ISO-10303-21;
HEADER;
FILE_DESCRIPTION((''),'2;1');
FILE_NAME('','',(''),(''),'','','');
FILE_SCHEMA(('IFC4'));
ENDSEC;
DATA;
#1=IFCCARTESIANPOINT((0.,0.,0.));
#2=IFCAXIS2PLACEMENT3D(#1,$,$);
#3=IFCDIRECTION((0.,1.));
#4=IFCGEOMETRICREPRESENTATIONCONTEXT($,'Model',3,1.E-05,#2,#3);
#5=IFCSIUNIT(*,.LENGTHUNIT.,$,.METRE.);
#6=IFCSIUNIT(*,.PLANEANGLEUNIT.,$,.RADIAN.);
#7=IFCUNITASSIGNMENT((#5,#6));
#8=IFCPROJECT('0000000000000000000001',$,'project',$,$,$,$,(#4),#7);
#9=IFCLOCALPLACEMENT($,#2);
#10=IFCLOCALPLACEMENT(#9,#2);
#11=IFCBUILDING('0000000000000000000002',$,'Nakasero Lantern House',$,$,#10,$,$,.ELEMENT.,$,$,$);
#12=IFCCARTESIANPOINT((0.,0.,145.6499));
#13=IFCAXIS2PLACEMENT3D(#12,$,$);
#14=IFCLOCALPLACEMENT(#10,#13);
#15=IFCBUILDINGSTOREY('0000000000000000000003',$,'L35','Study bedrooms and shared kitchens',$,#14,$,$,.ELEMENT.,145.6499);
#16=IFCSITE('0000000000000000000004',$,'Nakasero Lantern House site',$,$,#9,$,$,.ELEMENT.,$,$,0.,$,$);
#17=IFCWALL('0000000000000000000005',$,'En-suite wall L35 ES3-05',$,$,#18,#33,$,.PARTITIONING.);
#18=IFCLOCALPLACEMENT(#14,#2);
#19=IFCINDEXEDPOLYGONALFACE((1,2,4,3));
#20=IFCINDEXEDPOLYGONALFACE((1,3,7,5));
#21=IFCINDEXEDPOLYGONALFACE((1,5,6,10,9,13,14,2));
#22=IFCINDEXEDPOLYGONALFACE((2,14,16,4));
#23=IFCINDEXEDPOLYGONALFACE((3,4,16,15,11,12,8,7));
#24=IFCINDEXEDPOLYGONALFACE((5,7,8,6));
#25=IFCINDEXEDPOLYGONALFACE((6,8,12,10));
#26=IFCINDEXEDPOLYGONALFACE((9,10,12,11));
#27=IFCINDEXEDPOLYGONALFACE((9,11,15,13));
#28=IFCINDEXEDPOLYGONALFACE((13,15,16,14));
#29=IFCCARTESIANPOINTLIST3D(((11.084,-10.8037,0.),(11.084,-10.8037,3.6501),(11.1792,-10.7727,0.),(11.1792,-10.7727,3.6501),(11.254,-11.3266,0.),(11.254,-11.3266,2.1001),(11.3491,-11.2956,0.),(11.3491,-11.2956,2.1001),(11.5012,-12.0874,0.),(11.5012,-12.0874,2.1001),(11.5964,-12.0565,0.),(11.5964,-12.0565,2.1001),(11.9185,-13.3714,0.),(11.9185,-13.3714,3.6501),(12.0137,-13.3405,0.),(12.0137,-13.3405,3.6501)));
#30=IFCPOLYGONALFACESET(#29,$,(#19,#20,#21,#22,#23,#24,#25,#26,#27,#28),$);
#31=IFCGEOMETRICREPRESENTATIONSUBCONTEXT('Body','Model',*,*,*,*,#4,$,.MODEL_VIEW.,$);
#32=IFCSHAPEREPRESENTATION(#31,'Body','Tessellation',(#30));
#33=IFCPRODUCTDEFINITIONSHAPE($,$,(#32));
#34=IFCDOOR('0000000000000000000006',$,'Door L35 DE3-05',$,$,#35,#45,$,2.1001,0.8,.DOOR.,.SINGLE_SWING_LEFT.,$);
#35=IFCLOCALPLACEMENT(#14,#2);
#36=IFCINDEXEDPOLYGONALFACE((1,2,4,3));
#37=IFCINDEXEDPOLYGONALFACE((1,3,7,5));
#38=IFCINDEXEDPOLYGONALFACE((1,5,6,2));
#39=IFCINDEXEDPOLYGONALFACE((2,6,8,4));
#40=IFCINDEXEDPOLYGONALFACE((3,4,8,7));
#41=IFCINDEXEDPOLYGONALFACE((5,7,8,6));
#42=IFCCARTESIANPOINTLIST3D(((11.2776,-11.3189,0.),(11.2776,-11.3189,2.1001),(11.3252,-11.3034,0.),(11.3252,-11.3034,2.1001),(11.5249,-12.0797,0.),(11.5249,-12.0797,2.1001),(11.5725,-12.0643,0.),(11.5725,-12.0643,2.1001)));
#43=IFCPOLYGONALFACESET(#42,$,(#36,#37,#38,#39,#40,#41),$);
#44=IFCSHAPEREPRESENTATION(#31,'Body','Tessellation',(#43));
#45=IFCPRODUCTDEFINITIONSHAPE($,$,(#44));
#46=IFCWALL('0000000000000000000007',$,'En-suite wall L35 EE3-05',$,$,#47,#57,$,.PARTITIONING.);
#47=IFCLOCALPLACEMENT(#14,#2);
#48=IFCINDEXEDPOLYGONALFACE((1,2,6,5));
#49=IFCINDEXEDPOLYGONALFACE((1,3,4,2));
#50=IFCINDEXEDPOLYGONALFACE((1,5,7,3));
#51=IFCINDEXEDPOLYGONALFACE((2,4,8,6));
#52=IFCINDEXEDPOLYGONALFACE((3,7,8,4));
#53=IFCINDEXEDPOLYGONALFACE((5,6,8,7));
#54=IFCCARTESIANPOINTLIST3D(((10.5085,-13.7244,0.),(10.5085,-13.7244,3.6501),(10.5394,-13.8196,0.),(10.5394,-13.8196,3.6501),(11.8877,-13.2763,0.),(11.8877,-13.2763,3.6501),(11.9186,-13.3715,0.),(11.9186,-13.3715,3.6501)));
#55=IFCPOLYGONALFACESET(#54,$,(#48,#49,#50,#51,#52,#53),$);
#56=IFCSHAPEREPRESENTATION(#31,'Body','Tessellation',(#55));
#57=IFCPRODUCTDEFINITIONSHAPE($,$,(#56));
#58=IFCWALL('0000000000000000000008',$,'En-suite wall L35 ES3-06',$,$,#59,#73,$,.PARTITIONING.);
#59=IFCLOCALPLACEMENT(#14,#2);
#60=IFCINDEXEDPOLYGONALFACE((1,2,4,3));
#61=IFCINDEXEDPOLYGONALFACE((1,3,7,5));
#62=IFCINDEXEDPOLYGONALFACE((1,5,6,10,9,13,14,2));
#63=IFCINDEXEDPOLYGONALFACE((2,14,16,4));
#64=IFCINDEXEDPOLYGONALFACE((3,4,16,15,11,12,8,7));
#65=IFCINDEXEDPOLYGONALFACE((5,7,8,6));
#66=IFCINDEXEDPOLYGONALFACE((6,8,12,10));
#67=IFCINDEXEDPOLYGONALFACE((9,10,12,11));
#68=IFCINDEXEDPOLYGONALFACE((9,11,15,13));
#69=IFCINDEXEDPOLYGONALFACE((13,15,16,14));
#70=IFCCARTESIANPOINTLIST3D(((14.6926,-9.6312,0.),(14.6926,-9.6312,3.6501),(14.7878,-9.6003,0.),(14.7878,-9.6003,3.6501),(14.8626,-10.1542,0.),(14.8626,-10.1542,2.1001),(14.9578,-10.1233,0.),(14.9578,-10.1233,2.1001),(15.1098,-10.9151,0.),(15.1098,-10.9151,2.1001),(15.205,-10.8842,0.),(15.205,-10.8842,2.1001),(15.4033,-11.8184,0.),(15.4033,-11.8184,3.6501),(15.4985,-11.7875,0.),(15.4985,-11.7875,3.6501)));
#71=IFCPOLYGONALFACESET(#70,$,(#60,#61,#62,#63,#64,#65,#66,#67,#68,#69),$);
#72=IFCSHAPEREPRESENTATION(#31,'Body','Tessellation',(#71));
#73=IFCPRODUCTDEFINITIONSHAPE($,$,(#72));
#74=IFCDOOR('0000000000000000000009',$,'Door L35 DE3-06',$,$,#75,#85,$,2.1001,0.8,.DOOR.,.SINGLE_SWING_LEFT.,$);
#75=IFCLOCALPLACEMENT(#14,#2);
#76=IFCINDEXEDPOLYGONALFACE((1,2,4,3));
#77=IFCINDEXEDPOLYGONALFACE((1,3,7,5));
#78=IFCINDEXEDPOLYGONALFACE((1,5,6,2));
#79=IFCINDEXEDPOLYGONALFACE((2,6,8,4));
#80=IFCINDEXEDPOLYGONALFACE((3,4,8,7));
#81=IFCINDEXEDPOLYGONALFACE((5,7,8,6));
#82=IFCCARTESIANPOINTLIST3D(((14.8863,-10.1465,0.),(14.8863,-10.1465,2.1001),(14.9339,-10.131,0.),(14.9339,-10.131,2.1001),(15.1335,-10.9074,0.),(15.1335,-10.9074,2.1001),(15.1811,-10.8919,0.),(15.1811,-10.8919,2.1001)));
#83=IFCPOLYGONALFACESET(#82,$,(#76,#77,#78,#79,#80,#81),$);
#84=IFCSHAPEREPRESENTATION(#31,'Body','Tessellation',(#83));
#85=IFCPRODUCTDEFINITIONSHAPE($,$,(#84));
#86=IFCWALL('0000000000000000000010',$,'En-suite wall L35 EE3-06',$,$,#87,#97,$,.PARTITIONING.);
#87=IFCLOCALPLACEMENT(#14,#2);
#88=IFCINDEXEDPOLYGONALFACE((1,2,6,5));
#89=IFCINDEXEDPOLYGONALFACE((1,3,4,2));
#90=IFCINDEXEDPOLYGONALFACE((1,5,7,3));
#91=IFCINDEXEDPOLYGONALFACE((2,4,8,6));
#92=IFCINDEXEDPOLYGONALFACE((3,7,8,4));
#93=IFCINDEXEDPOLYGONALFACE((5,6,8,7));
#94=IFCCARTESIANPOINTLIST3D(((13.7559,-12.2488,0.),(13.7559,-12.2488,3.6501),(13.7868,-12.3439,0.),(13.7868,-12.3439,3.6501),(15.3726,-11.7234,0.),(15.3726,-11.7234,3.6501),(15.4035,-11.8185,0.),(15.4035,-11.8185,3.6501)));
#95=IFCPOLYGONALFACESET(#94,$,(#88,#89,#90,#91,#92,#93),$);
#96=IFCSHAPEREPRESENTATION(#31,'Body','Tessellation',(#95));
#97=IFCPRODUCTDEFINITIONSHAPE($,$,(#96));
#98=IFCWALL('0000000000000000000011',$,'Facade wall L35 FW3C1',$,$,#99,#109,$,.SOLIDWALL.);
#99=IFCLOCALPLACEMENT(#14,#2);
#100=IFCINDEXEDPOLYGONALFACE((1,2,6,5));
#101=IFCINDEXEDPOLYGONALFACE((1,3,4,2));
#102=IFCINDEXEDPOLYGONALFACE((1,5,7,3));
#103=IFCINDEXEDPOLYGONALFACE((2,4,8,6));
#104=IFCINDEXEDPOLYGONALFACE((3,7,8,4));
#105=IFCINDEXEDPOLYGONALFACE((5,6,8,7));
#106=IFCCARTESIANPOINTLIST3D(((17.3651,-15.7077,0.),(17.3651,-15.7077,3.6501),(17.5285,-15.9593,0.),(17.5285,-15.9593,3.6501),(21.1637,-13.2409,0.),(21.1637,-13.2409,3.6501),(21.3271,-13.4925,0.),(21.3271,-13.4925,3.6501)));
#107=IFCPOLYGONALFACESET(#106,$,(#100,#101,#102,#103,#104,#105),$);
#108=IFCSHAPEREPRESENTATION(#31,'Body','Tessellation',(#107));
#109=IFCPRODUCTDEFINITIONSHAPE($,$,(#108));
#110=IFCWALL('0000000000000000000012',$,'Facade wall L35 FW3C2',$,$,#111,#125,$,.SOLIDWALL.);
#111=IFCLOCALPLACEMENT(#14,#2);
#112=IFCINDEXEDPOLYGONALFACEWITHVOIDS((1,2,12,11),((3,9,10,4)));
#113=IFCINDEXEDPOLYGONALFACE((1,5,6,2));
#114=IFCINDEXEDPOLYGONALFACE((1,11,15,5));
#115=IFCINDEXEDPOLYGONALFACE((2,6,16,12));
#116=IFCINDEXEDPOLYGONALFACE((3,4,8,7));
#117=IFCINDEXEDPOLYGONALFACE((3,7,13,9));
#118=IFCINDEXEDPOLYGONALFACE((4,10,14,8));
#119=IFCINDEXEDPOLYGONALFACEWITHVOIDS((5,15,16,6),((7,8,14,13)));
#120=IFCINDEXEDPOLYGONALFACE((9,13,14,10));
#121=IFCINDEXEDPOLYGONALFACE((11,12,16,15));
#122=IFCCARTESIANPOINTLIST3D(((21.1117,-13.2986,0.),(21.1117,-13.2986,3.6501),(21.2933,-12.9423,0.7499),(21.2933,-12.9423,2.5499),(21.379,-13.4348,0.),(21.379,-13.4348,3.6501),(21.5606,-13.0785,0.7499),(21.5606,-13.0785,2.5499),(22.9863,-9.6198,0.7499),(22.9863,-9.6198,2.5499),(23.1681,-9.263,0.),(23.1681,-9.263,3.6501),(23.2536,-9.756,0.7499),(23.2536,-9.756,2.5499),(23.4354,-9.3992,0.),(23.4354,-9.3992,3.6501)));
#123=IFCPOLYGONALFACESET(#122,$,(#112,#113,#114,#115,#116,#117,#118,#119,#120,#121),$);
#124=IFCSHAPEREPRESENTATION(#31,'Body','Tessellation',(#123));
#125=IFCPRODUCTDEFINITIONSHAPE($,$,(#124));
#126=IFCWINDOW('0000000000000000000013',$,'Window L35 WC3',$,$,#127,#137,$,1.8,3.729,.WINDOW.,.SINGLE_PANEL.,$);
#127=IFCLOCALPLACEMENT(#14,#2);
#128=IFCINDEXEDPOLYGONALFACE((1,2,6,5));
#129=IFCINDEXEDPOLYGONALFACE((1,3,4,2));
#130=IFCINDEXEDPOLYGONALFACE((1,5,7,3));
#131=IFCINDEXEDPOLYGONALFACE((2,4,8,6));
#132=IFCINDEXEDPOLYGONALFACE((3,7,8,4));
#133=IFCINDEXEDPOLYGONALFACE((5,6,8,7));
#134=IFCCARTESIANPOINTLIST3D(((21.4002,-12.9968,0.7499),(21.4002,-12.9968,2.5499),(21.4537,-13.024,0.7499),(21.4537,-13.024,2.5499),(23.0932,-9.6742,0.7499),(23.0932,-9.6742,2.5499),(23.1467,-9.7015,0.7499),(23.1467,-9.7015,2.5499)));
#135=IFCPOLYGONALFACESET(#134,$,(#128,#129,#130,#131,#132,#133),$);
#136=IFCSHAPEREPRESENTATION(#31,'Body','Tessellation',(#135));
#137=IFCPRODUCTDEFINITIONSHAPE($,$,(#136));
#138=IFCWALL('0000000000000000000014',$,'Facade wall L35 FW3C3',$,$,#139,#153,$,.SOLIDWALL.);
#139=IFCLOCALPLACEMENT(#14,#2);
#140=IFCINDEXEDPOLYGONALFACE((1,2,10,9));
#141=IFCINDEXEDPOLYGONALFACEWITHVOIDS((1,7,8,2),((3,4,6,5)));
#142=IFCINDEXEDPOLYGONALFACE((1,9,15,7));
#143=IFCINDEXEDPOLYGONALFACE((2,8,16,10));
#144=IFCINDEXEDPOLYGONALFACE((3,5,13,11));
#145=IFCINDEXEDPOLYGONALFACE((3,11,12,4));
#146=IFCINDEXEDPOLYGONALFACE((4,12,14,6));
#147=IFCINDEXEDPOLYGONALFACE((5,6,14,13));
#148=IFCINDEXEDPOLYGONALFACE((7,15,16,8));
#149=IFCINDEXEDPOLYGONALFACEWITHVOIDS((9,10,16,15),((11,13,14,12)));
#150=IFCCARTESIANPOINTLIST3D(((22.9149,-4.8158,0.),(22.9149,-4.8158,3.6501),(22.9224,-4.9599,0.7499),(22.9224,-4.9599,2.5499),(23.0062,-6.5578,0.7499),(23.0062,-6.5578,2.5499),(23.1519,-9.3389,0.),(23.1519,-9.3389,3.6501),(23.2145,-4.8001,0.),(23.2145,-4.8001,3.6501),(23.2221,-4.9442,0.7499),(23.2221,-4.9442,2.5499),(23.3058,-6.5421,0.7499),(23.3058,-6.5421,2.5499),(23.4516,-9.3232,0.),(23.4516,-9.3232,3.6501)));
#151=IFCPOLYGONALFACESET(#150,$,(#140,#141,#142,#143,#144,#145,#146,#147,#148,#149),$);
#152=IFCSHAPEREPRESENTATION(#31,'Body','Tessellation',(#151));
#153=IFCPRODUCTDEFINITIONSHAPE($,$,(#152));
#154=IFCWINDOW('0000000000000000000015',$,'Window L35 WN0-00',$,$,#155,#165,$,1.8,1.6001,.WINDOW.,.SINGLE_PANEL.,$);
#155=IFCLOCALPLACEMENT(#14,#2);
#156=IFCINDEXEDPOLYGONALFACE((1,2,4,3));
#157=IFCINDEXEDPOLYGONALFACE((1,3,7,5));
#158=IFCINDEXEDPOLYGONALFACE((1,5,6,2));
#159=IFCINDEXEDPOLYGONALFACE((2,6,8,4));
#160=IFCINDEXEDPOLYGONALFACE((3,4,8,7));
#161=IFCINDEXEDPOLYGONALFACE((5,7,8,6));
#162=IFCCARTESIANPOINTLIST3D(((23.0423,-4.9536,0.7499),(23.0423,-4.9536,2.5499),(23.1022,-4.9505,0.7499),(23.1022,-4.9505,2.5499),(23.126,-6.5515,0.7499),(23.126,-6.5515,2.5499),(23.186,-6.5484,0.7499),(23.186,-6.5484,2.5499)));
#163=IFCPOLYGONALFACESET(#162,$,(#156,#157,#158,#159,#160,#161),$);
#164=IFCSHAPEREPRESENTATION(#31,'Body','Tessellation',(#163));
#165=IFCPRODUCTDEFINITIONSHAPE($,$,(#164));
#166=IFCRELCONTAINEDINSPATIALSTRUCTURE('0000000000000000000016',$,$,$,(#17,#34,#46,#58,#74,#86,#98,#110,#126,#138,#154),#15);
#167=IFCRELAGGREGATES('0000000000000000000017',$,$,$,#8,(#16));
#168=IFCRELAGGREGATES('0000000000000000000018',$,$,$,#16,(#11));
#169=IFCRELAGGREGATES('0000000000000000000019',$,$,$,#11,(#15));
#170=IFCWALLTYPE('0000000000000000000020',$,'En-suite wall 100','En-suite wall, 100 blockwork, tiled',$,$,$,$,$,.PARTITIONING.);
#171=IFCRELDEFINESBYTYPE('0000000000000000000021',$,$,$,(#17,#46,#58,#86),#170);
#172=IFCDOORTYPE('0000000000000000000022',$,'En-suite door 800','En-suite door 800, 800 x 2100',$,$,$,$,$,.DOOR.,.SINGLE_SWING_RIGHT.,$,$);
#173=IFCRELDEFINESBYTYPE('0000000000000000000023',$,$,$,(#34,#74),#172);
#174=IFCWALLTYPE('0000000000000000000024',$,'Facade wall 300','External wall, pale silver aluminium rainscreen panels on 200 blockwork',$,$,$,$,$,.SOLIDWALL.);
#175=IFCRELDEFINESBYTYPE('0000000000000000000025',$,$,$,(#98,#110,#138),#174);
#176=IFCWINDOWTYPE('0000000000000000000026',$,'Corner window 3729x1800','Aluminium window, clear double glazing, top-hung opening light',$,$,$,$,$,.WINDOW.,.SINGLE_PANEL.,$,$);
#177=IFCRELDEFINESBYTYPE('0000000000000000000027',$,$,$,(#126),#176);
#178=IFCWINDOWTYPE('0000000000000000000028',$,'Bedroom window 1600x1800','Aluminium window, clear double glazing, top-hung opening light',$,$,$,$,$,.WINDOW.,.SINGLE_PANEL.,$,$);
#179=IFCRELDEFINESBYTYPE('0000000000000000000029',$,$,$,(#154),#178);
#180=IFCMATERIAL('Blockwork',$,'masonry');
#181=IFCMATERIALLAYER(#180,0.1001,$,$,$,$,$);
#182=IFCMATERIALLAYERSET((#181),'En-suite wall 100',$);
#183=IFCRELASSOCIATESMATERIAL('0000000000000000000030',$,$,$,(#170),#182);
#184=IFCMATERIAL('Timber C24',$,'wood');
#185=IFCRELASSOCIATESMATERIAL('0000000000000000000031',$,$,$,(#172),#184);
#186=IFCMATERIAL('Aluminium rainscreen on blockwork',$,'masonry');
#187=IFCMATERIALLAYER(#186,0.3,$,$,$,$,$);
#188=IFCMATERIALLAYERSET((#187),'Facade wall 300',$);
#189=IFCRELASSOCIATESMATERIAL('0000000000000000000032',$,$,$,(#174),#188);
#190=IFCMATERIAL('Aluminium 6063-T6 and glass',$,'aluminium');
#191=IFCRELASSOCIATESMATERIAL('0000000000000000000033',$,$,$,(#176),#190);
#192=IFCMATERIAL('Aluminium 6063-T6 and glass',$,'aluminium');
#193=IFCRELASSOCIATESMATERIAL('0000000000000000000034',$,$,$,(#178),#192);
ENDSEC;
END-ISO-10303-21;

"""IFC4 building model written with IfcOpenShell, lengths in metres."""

from ifc_helpers import new_model, si_unit, direction, frame, frame_2d, origin, place, context, subcontext, project, spatial, rectangle, extrude, material, layer, layer_set, type_object, element, fill, save


model = new_model("IFC4")

# Units and contexts
model_context = context("Model", 3, precision=1e-05, world=origin(), true_north=direction((0.0, 1.0)))
body_context = subcontext(model_context, "Body", "Model", "MODEL_VIEW")
ifc_project = project(units=[si_unit("LENGTHUNIT", "METRE"), si_unit("PLANEANGLEUNIT", "RADIAN")], contexts=[model_context])

# Site, building, storey
site_placement = place(None, origin())
site = spatial("IfcSite", under=ifc_project, at=site_placement, Name="Nakasero Lantern House site", CompositionType="ELEMENT", RefElevation=0.0)
building_placement = place(site_placement, origin())
building = spatial("IfcBuilding", under=site, at=building_placement, Name="Nakasero Lantern House", CompositionType="ELEMENT")
storey_placement = place(building_placement, frame((0.0, 0.0, 145.6499)))
storey = spatial("IfcBuildingStorey", under=building, at=storey_placement, Name="L35", Description="Study bedrooms and shared kitchens", CompositionType="ELEMENT", Elevation=145.6499)

# Wall, opening, door
ifc_material_1 = material(Name="Blockwork", Category="masonry")
ifc_layer_1 = layer(ifc_material_1, 0.1001)
ifc_layer_set_1 = layer_set([ifc_layer_1], Name="En-suite wall 100")
wall_type_1 = type_object("IfcWallType", Name="En-suite wall 100", Description="En-suite wall, 100 blockwork, tiled", PredefinedType="PARTITIONING", material=ifc_layer_set_1)
wall_1_placement = place(storey_placement, frame((11.1316, -10.7881, 0.0), z_axis=(0.0, 0.0, 1.0), x_axis=(0.309057, -0.951043, 0.0)))
wall_1 = element("IfcWall", 1, at=wall_1_placement, inside=storey, type_object=wall_type_1, Name="En-suite wall L35 ES3-05", PredefinedType="PARTITIONING", context=body_context, shape_type="SweptSolid", body=[
    extrude(rectangle(XDim=2.7, YDim=0.1001, at=frame_2d((1.3501, 0.0))), origin(), (0.0, 0.0, 1.0), 3.6501),
])
opening_1_placement = place(wall_1_placement, frame((0.55, 0.0, 0.0)))
opening_1 = element("IfcOpeningElement", 2, at=opening_1_placement, cuts=wall_1, PredefinedType="OPENING", context=body_context, shape_type="SweptSolid", body=[
    extrude(rectangle(XDim=0.8, YDim=2.1001, at=frame_2d((0.3999, 1.05))), frame((0.0, 0.0701, 0.0), z_axis=(0.0, -1.0, 0.0), x_axis=(1.0, 0.0, 0.0)), (0.0, 0.0, 1.0), 0.1401),
])
ifc_material_2 = material(Name="Timber C24", Category="wood")
door_type = type_object("IfcDoorType", Name="En-suite door 800", Description="En-suite door 800, 800 x 2100", OperationType="SINGLE_SWING_RIGHT", PredefinedType="DOOR", material=ifc_material_2)
door_1_placement = place(opening_1_placement, origin())
door_1 = element("IfcDoor", 3, at=door_1_placement, inside=storey, type_object=door_type, Name="Door L35 DE3-05", OperationType="SINGLE_SWING_LEFT", OverallHeight=2.1001, OverallWidth=0.8, PredefinedType="DOOR", context=body_context, shape_type="SweptSolid", body=[
    extrude(rectangle(XDim=0.8, YDim=2.1001, at=frame_2d((0.3999, 1.05))), frame((0.0, 0.0249, 0.0), z_axis=(0.0, -1.0, 0.0), x_axis=(1.0, 0.0, 0.0)), (0.0, 0.0, 1.0), 0.05),
])
fill(opening_1, door_1)

# Wall
wall_2_placement = place(storey_placement, frame((10.5239, -13.772, 0.0), z_axis=(0.0, 0.0, 1.0), x_axis=(0.95108, 0.308945, 0.0)))
element("IfcWall", 4, at=wall_2_placement, inside=storey, type_object=wall_type_1, Name="En-suite wall L35 EE3-05", PredefinedType="PARTITIONING", context=body_context, shape_type="SweptSolid", body=[
    extrude(rectangle(XDim=1.4502, YDim=0.1001, at=frame_2d((0.7251, 0.0))), origin(), (0.0, 0.0, 1.0), 3.6501),
])

# Wall, opening, door
wall_3_placement = place(storey_placement, frame((14.7402, -9.6157, 0.0), z_axis=(0.0, 0.0, 1.0), x_axis=(0.309021, -0.951055, 0.0)))
wall_3 = element("IfcWall", 5, at=wall_3_placement, inside=storey, type_object=wall_type_1, Name="En-suite wall L35 ES3-06", PredefinedType="PARTITIONING", context=body_context, shape_type="SweptSolid", body=[
    extrude(rectangle(XDim=2.2998, YDim=0.1001, at=frame_2d((1.1499, 0.0))), origin(), (0.0, 0.0, 1.0), 3.6501),
])
opening_2_placement = place(wall_3_placement, frame((0.55, 0.0, 0.0)))
opening_2 = element("IfcOpeningElement", 6, at=opening_2_placement, cuts=wall_3, PredefinedType="OPENING", context=body_context, shape_type="SweptSolid", body=[
    extrude(rectangle(XDim=0.8, YDim=2.1001, at=frame_2d((0.3999, 1.05))), frame((0.0, 0.0701, 0.0), z_axis=(0.0, -1.0, 0.0), x_axis=(1.0, 0.0, 0.0)), (0.0, 0.0, 1.0), 0.1401),
])
door_2_placement = place(opening_2_placement, origin())
door_2 = element("IfcDoor", 7, at=door_2_placement, inside=storey, type_object=door_type, Name="Door L35 DE3-06", OperationType="SINGLE_SWING_LEFT", OverallHeight=2.1001, OverallWidth=0.8, PredefinedType="DOOR", context=body_context, shape_type="SweptSolid", body=[
    extrude(rectangle(XDim=0.8, YDim=2.1001, at=frame_2d((0.3999, 1.05))), frame((0.0, 0.0249, 0.0), z_axis=(0.0, -1.0, 0.0), x_axis=(1.0, 0.0, 0.0)), (0.0, 0.0, 1.0), 0.05),
])
fill(opening_2, door_2)

# Walls
wall_4_placement = place(storey_placement, frame((13.7712, -12.2964, 0.0), z_axis=(0.0, 0.0, 1.0), x_axis=(0.95104, 0.309067, 0.0)))
element("IfcWall", 8, at=wall_4_placement, inside=storey, type_object=wall_type_1, Name="En-suite wall L35 EE3-06", PredefinedType="PARTITIONING", context=body_context, shape_type="SweptSolid", body=[
    extrude(rectangle(XDim=1.7, YDim=0.1001, at=frame_2d((0.8501, 0.0))), origin(), (0.0, 0.0, 1.0), 3.6501),
])
ifc_material_3 = material(Name="Aluminium rainscreen on blockwork", Category="masonry")
ifc_layer_2 = layer(ifc_material_3, 0.3)
ifc_layer_set_2 = layer_set([ifc_layer_2], Name="Facade wall 300")
wall_type_2 = type_object("IfcWallType", Name="Facade wall 300", Description="External wall, pale silver aluminium rainscreen panels on 200 blockwork", PredefinedType="SOLIDWALL", material=ifc_layer_set_2)
wall_5_placement = place(storey_placement, frame((17.4468, -15.8335, 0.0), z_axis=(0.0, 0.0, 1.0), x_axis=(0.838674, 0.544634, 0.0)))
element("IfcWall", 9, at=wall_5_placement, inside=storey, type_object=wall_type_2, Name="Facade wall L35 FW3C1", PredefinedType="SOLIDWALL", context=body_context, shape_type="SweptSolid", body=[
    extrude(rectangle(XDim=4.5293, YDim=0.3, at=frame_2d((2.2646, 0.0))), origin(), (0.0, 0.0, 1.0), 3.6501),
])

# Walls, openings, windows
wall_6_placement = place(storey_placement, frame((21.2454, -13.3667, 0.0), z_axis=(0.0, 0.0, 1.0), x_axis=(0.454014, 0.890995, 0.0)))
wall_6 = element("IfcWall", 10, at=wall_6_placement, inside=storey, type_object=wall_type_2, Name="Facade wall L35 FW3C2", PredefinedType="SOLIDWALL", context=body_context, shape_type="SweptSolid", body=[
    extrude(rectangle(XDim=4.5293, YDim=0.3, at=frame_2d((2.2646, 0.0))), origin(), (0.0, 0.0, 1.0), 3.6501),
])
opening_3_placement = place(wall_6_placement, frame((0.3999, 0.0, 0.75)))
opening_3 = element("IfcOpeningElement", 11, at=opening_3_placement, cuts=wall_6, PredefinedType="OPENING", context=body_context, shape_type="SweptSolid", body=[
    extrude(rectangle(XDim=3.729, YDim=1.8, at=frame_2d((1.8645, 0.8999))), frame((0.0, 0.1699, 0.0), z_axis=(0.0, -1.0, 0.0), x_axis=(1.0, 0.0, 0.0)), (0.0, 0.0, 1.0), 0.3401),
])
ifc_material_4 = material(Name="Aluminium 6063-T6 and glass", Category="aluminium")
window_type_1 = type_object("IfcWindowType", Name="Corner window 3729x1800", Description="Aluminium window, clear double glazing, top-hung opening light", PartitioningType="SINGLE_PANEL", PredefinedType="WINDOW", material=ifc_material_4)
window_1_placement = place(opening_3_placement, origin())
window_1 = element("IfcWindow", 12, at=window_1_placement, inside=storey, type_object=window_type_1, Name="Window L35 WC3", OverallHeight=1.8, OverallWidth=3.729, PartitioningType="SINGLE_PANEL", PredefinedType="WINDOW", context=body_context, shape_type="SweptSolid", body=[
    extrude(rectangle(XDim=3.729, YDim=1.8, at=frame_2d((1.8645, 0.8999))), frame((0.0, 0.03, 0.0), z_axis=(0.0, -1.0, 0.0), x_axis=(1.0, 0.0, 0.0)), (0.0, 0.0, 1.0), 0.0601),
])
fill(opening_3, window_1)
wall_7_placement = place(storey_placement, frame((23.3018, -9.3311, 0.0), z_axis=(0.0, 0.0, 1.0), x_axis=(-0.052338, 0.998629, 0.0)))
wall_7 = element("IfcWall", 13, at=wall_7_placement, inside=storey, type_object=wall_type_2, Name="Facade wall L35 FW3C3", PredefinedType="SOLIDWALL", context=body_context, shape_type="SweptSolid", body=[
    extrude(rectangle(XDim=4.5293, YDim=0.3, at=frame_2d((2.2646, 0.0))), origin(), (0.0, 0.0, 1.0), 3.6501),
])
opening_4_placement = place(wall_7_placement, frame((2.7849, 0.0, 0.75)))
opening_4 = element("IfcOpeningElement", 14, at=opening_4_placement, cuts=wall_7, PredefinedType="OPENING", context=body_context, shape_type="SweptSolid", body=[
    extrude(rectangle(XDim=1.6001, YDim=1.8, at=frame_2d((0.8, 0.8999))), frame((0.0, 0.1699, 0.0), z_axis=(0.0, -1.0, 0.0), x_axis=(1.0, 0.0, 0.0)), (0.0, 0.0, 1.0), 0.3401),
])
ifc_material_5 = material(Name="Aluminium 6063-T6 and glass", Category="aluminium")
window_type_2 = type_object("IfcWindowType", Name="Bedroom window 1600x1800", Description="Aluminium window, clear double glazing, top-hung opening light", PartitioningType="SINGLE_PANEL", PredefinedType="WINDOW", material=ifc_material_5)
window_2_placement = place(opening_4_placement, origin())
window_2 = element("IfcWindow", 15, at=window_2_placement, inside=storey, type_object=window_type_2, Name="Window L35 WN0-00", OverallHeight=1.8, OverallWidth=1.6001, PartitioningType="SINGLE_PANEL", PredefinedType="WINDOW", context=body_context, shape_type="SweptSolid", body=[
    extrude(rectangle(XDim=1.6001, YDim=1.8, at=frame_2d((0.8, 0.8999))), frame((0.0, 0.03, 0.0), z_axis=(0.0, -1.0, 0.0), x_axis=(1.0, 0.0, 0.0)), (0.0, 0.0, 1.0), 0.0601),
])
fill(opening_4, window_2)

save(model, "model.ifc")
